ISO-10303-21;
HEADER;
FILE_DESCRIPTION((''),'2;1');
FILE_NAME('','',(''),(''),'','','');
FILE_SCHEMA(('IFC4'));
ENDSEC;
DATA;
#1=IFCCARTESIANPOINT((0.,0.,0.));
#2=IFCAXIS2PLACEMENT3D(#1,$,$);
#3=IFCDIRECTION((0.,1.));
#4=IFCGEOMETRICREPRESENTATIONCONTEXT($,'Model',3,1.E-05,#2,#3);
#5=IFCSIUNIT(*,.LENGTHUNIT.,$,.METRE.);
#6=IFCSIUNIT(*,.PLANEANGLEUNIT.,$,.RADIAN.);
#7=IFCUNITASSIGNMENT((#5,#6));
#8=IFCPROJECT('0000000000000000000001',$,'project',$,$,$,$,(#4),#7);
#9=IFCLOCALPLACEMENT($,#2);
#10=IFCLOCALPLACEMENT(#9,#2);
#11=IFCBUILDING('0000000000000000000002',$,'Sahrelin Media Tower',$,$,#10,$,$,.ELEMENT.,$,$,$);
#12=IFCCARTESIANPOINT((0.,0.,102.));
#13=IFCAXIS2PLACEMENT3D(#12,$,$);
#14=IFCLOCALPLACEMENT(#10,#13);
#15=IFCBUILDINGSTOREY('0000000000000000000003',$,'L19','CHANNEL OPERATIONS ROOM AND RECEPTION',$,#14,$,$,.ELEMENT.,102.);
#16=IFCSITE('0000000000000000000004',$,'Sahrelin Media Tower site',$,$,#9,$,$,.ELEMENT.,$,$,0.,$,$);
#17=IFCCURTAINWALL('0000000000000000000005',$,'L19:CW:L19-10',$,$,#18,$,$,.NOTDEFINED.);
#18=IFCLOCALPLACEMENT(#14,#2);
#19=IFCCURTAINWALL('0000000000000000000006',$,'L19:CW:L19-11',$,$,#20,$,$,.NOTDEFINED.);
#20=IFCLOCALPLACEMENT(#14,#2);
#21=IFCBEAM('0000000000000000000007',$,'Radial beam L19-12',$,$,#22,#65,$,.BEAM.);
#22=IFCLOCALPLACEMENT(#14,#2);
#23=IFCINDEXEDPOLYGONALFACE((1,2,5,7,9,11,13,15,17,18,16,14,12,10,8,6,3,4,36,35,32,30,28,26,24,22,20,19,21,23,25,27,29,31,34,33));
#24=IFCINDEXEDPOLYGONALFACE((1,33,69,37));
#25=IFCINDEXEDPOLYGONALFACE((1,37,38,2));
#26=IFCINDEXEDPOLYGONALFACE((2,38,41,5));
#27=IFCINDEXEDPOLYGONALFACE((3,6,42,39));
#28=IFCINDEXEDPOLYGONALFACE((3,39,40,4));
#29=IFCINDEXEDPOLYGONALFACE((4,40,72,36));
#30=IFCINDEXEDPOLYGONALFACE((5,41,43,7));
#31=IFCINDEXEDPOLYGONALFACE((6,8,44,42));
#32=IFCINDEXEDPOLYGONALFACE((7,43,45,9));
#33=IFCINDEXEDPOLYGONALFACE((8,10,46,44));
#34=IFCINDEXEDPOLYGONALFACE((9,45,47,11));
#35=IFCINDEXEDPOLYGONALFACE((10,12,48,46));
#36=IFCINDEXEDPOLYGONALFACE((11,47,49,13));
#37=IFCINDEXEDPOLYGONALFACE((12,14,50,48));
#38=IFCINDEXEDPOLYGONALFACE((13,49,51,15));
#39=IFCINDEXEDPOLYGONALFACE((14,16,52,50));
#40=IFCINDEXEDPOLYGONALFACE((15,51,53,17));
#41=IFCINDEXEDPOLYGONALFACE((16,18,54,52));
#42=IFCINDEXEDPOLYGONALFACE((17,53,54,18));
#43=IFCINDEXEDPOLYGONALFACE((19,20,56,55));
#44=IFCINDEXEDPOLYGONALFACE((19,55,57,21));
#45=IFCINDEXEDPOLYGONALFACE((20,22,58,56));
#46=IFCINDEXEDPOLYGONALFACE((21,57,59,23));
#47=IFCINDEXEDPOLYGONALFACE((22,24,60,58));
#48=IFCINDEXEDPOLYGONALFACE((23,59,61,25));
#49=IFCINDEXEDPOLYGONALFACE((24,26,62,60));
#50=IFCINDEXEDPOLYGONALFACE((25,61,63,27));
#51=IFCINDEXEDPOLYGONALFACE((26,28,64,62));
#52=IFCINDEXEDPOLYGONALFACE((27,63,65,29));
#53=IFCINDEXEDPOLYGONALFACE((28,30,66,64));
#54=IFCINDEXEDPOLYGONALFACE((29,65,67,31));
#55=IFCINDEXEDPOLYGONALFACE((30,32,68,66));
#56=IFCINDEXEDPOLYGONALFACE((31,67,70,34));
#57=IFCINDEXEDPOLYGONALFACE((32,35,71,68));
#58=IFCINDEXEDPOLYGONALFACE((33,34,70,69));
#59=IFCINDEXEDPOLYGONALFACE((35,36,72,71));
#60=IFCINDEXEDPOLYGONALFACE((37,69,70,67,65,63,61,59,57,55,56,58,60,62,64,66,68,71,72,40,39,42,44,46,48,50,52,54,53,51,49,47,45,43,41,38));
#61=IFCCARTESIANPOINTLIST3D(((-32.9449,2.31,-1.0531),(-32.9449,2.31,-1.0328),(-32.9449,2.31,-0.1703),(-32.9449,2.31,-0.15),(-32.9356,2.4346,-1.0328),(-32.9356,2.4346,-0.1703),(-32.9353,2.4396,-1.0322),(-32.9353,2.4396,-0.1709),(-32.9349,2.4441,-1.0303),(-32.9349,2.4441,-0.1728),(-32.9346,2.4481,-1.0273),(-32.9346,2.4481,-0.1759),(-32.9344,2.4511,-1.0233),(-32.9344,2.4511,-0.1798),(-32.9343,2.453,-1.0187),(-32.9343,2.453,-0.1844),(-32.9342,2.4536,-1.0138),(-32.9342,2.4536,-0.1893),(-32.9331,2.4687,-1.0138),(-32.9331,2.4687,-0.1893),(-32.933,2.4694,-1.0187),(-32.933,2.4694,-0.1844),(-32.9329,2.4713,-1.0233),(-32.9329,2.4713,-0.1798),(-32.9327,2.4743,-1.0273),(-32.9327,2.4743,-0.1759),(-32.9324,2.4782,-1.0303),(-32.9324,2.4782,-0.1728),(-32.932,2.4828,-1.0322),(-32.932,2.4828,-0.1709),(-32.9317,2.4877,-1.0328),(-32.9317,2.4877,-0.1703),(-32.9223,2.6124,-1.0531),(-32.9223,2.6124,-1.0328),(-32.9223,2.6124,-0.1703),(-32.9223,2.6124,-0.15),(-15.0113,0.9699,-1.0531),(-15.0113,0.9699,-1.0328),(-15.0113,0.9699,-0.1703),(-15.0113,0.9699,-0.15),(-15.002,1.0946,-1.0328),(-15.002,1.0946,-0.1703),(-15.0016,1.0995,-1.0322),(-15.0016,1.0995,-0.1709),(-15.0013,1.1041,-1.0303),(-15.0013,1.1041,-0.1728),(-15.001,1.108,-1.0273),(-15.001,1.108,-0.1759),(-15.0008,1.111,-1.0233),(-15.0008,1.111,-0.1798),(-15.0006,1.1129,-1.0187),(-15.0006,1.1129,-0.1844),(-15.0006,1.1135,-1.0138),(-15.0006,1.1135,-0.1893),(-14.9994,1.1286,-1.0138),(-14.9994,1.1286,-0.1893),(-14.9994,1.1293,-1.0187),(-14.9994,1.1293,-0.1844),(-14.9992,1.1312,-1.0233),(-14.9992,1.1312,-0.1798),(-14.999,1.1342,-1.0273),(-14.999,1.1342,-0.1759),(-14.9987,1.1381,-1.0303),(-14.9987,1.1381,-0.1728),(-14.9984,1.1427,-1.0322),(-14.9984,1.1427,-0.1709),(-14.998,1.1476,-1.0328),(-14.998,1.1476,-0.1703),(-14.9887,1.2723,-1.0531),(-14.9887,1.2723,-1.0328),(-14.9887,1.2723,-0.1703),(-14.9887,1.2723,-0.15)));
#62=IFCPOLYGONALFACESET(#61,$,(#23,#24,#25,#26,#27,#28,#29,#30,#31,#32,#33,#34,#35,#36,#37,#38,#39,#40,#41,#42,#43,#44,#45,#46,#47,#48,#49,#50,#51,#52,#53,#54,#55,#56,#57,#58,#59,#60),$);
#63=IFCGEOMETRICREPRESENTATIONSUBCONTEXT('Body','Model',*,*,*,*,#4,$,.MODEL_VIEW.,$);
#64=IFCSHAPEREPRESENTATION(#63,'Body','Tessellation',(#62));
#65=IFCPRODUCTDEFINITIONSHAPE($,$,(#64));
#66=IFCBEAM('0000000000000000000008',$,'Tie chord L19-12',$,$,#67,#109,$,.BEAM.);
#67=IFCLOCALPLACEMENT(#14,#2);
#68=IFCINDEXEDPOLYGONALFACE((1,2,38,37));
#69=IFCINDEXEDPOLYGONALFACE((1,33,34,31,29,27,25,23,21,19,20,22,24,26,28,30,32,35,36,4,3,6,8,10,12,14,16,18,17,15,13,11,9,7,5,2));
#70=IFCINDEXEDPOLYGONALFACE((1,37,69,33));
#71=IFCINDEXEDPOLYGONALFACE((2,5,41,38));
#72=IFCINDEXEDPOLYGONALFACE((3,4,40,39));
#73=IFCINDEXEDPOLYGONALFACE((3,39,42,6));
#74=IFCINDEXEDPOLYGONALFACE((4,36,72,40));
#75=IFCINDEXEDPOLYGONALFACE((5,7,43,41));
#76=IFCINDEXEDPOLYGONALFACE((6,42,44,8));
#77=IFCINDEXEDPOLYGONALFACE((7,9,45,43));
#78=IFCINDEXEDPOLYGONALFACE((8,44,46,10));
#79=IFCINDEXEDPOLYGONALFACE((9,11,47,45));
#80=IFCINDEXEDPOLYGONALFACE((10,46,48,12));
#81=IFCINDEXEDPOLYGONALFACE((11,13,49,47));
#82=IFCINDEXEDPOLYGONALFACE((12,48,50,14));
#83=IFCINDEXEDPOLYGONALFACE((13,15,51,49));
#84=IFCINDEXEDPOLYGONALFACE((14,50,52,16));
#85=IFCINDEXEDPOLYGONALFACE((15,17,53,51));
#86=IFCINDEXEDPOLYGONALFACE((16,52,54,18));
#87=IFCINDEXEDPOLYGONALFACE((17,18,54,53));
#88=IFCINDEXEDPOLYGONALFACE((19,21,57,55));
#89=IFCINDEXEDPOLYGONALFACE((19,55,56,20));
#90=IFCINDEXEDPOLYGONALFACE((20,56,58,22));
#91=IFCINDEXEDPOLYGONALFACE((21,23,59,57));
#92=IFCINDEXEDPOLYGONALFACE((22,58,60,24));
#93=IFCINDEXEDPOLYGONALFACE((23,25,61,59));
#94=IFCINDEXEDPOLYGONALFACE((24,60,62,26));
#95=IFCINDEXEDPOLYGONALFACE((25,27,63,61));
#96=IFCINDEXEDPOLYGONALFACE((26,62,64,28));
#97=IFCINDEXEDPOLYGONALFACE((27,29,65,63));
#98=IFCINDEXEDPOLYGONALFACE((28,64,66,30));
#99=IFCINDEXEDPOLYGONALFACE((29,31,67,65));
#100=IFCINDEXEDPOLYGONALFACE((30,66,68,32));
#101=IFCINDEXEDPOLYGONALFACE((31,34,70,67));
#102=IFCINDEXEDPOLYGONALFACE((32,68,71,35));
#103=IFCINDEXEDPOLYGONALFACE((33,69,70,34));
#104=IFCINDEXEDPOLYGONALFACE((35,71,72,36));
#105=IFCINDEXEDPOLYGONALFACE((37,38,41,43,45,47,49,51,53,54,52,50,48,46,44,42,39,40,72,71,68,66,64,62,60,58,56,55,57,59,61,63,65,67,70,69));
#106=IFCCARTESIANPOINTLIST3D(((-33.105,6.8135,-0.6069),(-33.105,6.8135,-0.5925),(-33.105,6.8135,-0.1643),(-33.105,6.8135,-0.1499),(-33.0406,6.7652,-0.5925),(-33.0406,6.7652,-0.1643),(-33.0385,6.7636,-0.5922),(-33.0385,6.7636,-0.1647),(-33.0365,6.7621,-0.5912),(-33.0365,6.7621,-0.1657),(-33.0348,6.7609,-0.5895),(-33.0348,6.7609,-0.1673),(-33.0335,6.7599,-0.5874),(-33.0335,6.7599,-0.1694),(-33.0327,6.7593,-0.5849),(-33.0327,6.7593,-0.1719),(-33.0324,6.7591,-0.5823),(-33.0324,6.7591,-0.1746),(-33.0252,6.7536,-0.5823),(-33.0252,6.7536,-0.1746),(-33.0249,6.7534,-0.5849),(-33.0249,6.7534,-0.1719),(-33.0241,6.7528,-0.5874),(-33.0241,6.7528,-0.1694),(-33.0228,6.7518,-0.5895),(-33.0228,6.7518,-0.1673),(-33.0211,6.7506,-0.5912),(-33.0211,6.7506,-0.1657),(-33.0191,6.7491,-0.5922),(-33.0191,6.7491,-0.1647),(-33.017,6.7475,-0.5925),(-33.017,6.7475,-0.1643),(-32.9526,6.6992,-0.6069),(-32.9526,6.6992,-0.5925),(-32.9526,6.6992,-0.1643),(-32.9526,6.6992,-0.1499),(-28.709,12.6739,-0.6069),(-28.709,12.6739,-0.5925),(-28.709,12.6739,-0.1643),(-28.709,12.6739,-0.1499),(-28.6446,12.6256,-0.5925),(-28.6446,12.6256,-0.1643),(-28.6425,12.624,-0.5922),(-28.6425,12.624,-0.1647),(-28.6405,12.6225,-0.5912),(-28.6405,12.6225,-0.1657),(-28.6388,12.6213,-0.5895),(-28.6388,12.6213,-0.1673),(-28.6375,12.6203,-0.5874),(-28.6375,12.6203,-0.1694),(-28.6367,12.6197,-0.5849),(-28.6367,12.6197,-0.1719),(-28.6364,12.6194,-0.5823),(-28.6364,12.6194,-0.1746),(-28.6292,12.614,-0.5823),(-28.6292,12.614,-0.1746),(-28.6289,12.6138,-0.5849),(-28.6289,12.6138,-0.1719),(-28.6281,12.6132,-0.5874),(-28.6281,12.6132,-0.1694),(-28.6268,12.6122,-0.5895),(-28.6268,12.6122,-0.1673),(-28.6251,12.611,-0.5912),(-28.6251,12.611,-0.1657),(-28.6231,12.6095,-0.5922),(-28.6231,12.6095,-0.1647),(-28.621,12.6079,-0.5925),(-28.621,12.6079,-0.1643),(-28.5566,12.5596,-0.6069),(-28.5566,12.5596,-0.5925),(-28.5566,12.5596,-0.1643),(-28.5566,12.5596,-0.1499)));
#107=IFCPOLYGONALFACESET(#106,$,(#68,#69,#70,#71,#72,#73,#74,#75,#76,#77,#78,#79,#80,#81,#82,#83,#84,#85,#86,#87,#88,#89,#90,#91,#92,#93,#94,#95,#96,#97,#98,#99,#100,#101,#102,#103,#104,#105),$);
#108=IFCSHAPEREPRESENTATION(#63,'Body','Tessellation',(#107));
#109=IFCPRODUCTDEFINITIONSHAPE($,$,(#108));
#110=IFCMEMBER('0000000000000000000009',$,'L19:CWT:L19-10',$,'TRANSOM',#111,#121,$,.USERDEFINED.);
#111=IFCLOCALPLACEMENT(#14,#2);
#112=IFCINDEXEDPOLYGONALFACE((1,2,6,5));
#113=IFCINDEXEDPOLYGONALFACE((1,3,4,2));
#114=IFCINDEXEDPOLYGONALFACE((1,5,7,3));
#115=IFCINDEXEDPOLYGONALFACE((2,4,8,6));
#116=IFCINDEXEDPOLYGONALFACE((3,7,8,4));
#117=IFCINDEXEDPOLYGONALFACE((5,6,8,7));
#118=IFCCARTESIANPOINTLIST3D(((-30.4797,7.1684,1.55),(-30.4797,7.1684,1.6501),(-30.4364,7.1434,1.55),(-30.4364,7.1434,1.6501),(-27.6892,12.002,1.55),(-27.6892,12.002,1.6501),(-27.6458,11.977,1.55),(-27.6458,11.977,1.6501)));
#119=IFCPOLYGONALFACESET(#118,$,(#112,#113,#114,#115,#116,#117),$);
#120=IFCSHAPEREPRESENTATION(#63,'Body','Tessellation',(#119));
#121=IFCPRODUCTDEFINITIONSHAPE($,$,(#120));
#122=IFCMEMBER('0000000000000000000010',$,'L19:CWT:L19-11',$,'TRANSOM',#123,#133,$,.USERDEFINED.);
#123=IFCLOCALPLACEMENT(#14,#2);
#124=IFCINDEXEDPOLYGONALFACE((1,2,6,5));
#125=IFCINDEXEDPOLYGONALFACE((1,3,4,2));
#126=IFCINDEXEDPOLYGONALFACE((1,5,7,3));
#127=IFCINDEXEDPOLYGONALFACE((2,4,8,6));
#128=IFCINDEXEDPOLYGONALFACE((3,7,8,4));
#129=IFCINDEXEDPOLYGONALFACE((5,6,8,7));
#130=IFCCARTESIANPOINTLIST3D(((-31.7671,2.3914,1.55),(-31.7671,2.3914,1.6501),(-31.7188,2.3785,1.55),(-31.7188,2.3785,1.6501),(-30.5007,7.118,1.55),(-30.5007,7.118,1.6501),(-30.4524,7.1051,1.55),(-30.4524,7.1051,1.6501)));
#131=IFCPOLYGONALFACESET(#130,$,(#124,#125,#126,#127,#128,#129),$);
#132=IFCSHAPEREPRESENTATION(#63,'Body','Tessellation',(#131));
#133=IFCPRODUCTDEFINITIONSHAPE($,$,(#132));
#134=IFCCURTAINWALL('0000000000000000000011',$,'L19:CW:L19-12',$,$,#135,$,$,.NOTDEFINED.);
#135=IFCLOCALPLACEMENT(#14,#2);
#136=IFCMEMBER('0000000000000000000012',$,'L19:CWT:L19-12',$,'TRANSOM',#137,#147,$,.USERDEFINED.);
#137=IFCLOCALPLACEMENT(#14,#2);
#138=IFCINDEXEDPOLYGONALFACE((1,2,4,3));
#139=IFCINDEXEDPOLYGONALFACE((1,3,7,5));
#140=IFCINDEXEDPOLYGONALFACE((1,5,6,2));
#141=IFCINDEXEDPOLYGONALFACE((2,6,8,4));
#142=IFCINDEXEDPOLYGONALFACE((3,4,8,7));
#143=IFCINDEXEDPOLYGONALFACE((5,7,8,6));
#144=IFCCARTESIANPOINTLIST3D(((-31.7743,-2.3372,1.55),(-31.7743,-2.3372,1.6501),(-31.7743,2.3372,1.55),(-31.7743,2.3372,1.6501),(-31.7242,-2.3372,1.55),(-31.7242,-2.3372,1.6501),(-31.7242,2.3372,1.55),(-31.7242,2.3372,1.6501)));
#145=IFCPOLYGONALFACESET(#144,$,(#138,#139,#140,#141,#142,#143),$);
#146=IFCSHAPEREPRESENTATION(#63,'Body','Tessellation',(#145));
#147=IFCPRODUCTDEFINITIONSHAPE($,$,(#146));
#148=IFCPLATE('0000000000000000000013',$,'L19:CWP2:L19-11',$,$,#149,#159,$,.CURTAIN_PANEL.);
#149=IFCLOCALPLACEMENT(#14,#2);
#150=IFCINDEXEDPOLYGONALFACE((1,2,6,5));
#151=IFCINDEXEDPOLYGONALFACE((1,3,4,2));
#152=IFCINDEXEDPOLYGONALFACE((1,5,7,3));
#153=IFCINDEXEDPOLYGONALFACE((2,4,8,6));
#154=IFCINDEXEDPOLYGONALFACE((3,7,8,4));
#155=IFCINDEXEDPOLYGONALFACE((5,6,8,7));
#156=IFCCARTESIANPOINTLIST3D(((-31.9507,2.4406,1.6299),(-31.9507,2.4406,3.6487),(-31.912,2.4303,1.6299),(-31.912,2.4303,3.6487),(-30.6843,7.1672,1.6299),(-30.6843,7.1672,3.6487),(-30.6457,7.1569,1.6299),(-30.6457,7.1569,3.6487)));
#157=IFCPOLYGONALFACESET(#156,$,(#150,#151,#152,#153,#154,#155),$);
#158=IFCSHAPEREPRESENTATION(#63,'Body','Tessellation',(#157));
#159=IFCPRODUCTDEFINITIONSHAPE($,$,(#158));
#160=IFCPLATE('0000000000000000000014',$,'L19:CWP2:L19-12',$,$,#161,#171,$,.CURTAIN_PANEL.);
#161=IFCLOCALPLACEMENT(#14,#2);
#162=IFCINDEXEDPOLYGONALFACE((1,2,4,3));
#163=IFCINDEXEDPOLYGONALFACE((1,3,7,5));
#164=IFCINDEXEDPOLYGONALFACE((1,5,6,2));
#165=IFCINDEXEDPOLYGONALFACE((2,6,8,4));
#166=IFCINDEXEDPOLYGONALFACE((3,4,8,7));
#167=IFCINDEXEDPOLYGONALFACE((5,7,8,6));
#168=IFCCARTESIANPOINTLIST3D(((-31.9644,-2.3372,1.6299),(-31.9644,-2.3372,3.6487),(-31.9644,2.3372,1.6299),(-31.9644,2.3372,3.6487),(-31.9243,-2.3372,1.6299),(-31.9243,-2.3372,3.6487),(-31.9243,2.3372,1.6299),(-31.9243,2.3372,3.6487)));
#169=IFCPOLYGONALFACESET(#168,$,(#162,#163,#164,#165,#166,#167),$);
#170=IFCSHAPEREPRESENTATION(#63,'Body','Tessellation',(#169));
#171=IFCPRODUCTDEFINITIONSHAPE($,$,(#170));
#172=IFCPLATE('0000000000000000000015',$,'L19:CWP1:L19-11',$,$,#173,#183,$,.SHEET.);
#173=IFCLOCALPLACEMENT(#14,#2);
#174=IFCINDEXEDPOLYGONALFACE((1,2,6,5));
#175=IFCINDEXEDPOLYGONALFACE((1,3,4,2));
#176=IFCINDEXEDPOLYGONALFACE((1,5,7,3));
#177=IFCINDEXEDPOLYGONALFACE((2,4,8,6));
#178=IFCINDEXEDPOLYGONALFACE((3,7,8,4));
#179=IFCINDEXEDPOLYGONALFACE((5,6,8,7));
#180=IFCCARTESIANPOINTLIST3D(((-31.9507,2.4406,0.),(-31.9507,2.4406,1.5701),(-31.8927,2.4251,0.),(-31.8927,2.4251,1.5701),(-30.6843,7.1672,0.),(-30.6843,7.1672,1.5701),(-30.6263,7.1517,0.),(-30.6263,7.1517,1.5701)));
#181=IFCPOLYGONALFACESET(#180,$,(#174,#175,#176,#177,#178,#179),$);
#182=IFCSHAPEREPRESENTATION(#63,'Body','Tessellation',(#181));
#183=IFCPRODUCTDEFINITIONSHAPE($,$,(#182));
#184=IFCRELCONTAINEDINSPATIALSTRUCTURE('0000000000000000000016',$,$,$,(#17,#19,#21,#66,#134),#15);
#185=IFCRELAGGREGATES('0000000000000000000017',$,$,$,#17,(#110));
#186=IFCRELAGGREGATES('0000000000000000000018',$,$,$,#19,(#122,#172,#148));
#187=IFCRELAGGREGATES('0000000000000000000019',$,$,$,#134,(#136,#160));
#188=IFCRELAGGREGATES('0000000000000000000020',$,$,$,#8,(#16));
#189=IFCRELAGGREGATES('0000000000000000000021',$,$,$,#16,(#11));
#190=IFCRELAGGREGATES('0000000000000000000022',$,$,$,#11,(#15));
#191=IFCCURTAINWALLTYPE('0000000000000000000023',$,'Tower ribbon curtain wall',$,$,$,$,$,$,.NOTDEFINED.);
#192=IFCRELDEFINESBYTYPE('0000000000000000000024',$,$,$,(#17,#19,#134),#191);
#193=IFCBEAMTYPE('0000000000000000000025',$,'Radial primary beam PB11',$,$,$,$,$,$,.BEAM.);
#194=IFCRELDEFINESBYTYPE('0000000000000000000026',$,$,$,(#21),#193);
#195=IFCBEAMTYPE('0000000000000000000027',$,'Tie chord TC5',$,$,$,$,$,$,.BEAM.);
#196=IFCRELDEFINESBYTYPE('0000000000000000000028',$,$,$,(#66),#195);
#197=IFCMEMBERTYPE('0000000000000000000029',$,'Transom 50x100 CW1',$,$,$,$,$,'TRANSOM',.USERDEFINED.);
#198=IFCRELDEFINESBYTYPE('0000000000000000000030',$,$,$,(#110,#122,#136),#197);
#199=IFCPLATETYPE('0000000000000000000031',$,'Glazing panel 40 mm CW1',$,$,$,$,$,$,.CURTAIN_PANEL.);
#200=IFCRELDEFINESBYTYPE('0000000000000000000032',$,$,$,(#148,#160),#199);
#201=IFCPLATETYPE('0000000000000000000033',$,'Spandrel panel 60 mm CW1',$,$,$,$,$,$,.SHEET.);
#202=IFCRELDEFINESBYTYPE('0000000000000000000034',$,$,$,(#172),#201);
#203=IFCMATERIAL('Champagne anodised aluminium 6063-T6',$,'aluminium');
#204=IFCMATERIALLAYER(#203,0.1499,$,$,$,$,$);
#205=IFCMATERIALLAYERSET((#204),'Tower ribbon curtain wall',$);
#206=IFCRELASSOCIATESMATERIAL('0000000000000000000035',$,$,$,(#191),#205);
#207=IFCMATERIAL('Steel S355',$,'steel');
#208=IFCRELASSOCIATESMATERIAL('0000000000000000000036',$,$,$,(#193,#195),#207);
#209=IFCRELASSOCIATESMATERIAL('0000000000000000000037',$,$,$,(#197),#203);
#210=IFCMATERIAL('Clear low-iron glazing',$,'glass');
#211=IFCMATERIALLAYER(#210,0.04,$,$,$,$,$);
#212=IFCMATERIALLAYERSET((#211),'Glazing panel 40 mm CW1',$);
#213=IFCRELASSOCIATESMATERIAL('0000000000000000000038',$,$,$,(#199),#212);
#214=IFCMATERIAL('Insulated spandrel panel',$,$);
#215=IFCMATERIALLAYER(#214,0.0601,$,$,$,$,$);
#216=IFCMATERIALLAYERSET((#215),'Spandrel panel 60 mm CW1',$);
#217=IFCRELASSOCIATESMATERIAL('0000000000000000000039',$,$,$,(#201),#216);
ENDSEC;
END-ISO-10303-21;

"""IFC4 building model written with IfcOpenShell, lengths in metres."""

from ifc_helpers import new_model, si_unit, direction, frame, origin, origin_2d, place, context, subcontext, project, spatial, polyline, rectangle, i_section, outline, extrude, material, layer, layer_set, material_profile, profile_set, type_object, element, aggregate, save


model = new_model("IFC4")

# Units and contexts
model_context = context("Model", 3, precision=1e-05, world=origin(), true_north=direction((0.0, 1.0)))
body_context = subcontext(model_context, "Body", "Model", "MODEL_VIEW")
ifc_project = project(units=[si_unit("LENGTHUNIT", "METRE"), si_unit("PLANEANGLEUNIT", "RADIAN")], contexts=[model_context])

# Site, building, storey
site_placement = place(None, origin())
site = spatial("IfcSite", under=ifc_project, at=site_placement, Name="Sahrelin Media Tower site", CompositionType="ELEMENT", RefElevation=0.0)
building_placement = place(site_placement, origin())
building = spatial("IfcBuilding", under=site, at=building_placement, Name="Sahrelin Media Tower", CompositionType="ELEMENT")
storey_placement = place(building_placement, frame((0.0, 0.0, 102.0)))
storey = spatial("IfcBuildingStorey", under=building, at=storey_placement, Name="L19", Description="CHANNEL OPERATIONS ROOM AND RECEPTION", CompositionType="ELEMENT", Elevation=102.0)

# Shared definitions
ifc_material_1 = material(Name="Steel S355", Category="steel")

# Curtain walls
ifc_material_2 = material(Name="Champagne anodised aluminium 6063-T6", Category="aluminium")
ifc_layer_1 = layer(ifc_material_2, 0.1499)
ifc_layer_set_1 = layer_set([ifc_layer_1], Name="Tower ribbon curtain wall")
curtain_wall_type = type_object("IfcCurtainWallType", Name="Tower ribbon curtain wall", PredefinedType="NOTDEFINED", material=ifc_layer_set_1)
curtain_wall_1_placement = place(storey_placement, frame((-29.2317, 9.6704, 0.0), z_axis=(0.0, 0.0, 1.0), x_axis=(1.0, 0.0, 0.0)))
curtain_wall_1 = element("IfcCurtainWall", 1, at=curtain_wall_1_placement, inside=storey, type_object=curtain_wall_type, Name="L19:CW:L19-10", PredefinedType="NOTDEFINED")
curtain_wall_2_placement = place(storey_placement, frame((-31.2981, 4.7988, 0.0), z_axis=(0.0, 0.0, 1.0), x_axis=(1.0, 0.0, 0.0)))
curtain_wall_2 = element("IfcCurtainWall", 2, at=curtain_wall_2_placement, inside=storey, type_object=curtain_wall_type, Name="L19:CW:L19-11", PredefinedType="NOTDEFINED")

# Beams
ifc_material_profile_1 = material_profile(ifc_material_1, i_section(OverallWidth=0.3032, OverallDepth=0.9031, WebThickness=0.0151, FlangeThickness=0.0203, FilletRadius=0.019, at=origin_2d()), Name="UB 914x305x201")
ifc_profile_set_1 = profile_set([ifc_material_profile_1], Name="Steel S355")
beam_type_1 = type_object("IfcBeamType", Name="Radial primary beam PB11", PredefinedType="BEAM", material=ifc_profile_set_1)
beam_1_placement = place(storey_placement, frame((-15.0, 1.1211, -0.6016), z_axis=(-0.99722, 0.074517, 0.0), x_axis=(-0.074517, -0.99722, 0.0)))
element("IfcBeam", 3, at=beam_1_placement, inside=storey, type_object=beam_type_1, Name="Radial beam L19-12", PredefinedType="BEAM", context=body_context, shape_type="SweptSolid", body=[
    extrude(i_section(OverallWidth=0.3032, OverallDepth=0.9031, WebThickness=0.0151, FlangeThickness=0.0203, FilletRadius=0.019, at=origin_2d()), origin(), (0.0, 0.0, 1.0), 17.9836),
])
ifc_material_profile_2 = material_profile(ifc_material_1, i_section(OverallWidth=0.1904, OverallDepth=0.457, WebThickness=0.009, FlangeThickness=0.0144, FilletRadius=0.0103, at=origin_2d()), Name="UB 457x191x74")
ifc_profile_set_2 = profile_set([ifc_material_profile_2], Name="Steel S355")
beam_type_2 = type_object("IfcBeamType", Name="Tie chord TC5", PredefinedType="BEAM", material=ifc_profile_set_2)
beam_2_placement = place(storey_placement, frame((-33.0288, 6.7563, -0.3784), z_axis=(0.600064, 0.799952, 0.0), x_axis=(-0.799952, 0.600064, 0.0)))
element("IfcBeam", 4, at=beam_2_placement, inside=storey, type_object=beam_type_2, Name="Tie chord L19-12", PredefinedType="BEAM", context=body_context, shape_type="SweptSolid", body=[
    extrude(i_section(OverallWidth=0.1904, OverallDepth=0.457, WebThickness=0.009, FlangeThickness=0.0144, FilletRadius=0.0103, at=origin_2d()), origin(), (0.0, 0.0, 1.0), 7.3259),
])

# Members
ifc_material_profile_3 = material_profile(ifc_material_2, rectangle(XDim=0.05, YDim=0.1001, at=origin_2d()), Name="Transom 50x100")
ifc_profile_set_3 = profile_set([ifc_material_profile_3], Name="Champagne anodised aluminium 6063-T6")
member_type_1 = type_object("IfcMemberType", Name="Transom 50x100 CW1", ElementType="TRANSOM", PredefinedType="USERDEFINED", material=ifc_profile_set_3)
member_1_placement = place(storey_placement, frame((-27.6675, 11.9895, 1.6001), z_axis=(-0.499988, -0.866033, 0.0), x_axis=(0.866033, -0.499988, 0.0)))
member_1 = element("IfcMember", 5, at=member_1_placement, type_object=member_type_1, Name="L19:CWT:L19-10", ObjectType="TRANSOM", PredefinedType="USERDEFINED", context=body_context, shape_type="SweptSolid", body=[
    extrude(rectangle(XDim=0.05, YDim=0.1001, at=origin_2d()), origin(), (0.0, 0.0, 1.0), 5.5813),
])
aggregate(curtain_wall_1, [member_1])
member_2_placement = place(storey_placement, frame((-30.4766, 7.1116, 1.6001), z_axis=(-0.258796, -0.965932, 0.0), x_axis=(0.965932, -0.258796, 0.0)))
member_2 = element("IfcMember", 6, at=member_2_placement, type_object=member_type_1, Name="L19:CWT:L19-11", ObjectType="TRANSOM", PredefinedType="USERDEFINED", context=body_context, shape_type="SweptSolid", body=[
    extrude(rectangle(XDim=0.05, YDim=0.1001, at=origin_2d()), origin(), (0.0, 0.0, 1.0), 4.8933),
])

# Curtain wall, member
curtain_wall_3_placement = place(storey_placement, frame((-31.9443, 0.0, 0.0), z_axis=(0.0, 0.0, 1.0), x_axis=(1.0, 0.0, 0.0)))
curtain_wall_3 = element("IfcCurtainWall", 7, at=curtain_wall_3_placement, inside=storey, type_object=curtain_wall_type, Name="L19:CW:L19-12", PredefinedType="NOTDEFINED")
member_3_placement = place(storey_placement, frame((-31.7493, 2.3372, 1.6001), z_axis=(0.0, -1.0, 0.0), x_axis=(1.0, 0.0, 0.0)))
member_3 = element("IfcMember", 8, at=member_3_placement, type_object=member_type_1, Name="L19:CWT:L19-12", ObjectType="TRANSOM", PredefinedType="USERDEFINED", context=body_context, shape_type="SweptSolid", body=[
    extrude(rectangle(XDim=0.05, YDim=0.1001, at=origin_2d()), origin(), (0.0, 0.0, 1.0), 4.6743),
])

# Plates
ifc_material_3 = material(Name="Clear low-iron glazing", Category="glass")
ifc_layer_2 = layer(ifc_material_3, 0.04)
ifc_layer_set_2 = layer_set([ifc_layer_2], Name="Glazing panel 40 mm CW1")
plate_type_1 = type_object("IfcPlateType", Name="Glazing panel 40 mm CW1", PredefinedType="CURTAIN_PANEL", material=ifc_layer_set_2)
plate_1_placement = place(storey_placement, frame((-30.6843, 7.1672, 1.6299), z_axis=(-0.965932, 0.258796, 0.0), x_axis=(-0.258796, -0.965932, 0.0)))
plate_1 = element("IfcPlate", 9, at=plate_1_placement, type_object=plate_type_1, Name="L19:CWP2:L19-11", PredefinedType="CURTAIN_PANEL", context=body_context, shape_type="SweptSolid", body=[
    extrude(outline(polyline([(0.0, 0.0), (4.8933, 0.0), (4.8933, 2.0188), (0.0, 2.0188), (0.0, 0.0)])), origin(), (0.0, 0.0, -1.0), 0.04),
])
plate_2_placement = place(storey_placement, frame((-31.9644, 2.3372, 1.6299), z_axis=(-1.0, 0.0, 0.0), x_axis=(0.0, -1.0, 0.0)))
plate_2 = element("IfcPlate", 10, at=plate_2_placement, type_object=plate_type_1, Name="L19:CWP2:L19-12", PredefinedType="CURTAIN_PANEL", context=body_context, shape_type="SweptSolid", body=[
    extrude(outline(polyline([(0.0, 0.0), (4.6743, 0.0), (4.6743, 2.0188), (0.0, 2.0188), (0.0, 0.0)])), origin(), (0.0, 0.0, -1.0), 0.04),
])
ifc_material_4 = material(Name="Insulated spandrel panel")
ifc_layer_3 = layer(ifc_material_4, 0.0601)
ifc_layer_set_3 = layer_set([ifc_layer_3], Name="Spandrel panel 60 mm CW1")
plate_type_2 = type_object("IfcPlateType", Name="Spandrel panel 60 mm CW1", PredefinedType="SHEET", material=ifc_layer_set_3)
plate_3_placement = place(storey_placement, frame((-30.6843, 7.1672, 0.0), z_axis=(-0.965932, 0.258796, 0.0), x_axis=(-0.258796, -0.965932, 0.0)))
plate_3 = element("IfcPlate", 11, at=plate_3_placement, type_object=plate_type_2, Name="L19:CWP1:L19-11", PredefinedType="SHEET", context=body_context, shape_type="SweptSolid", body=[
    extrude(outline(polyline([(0.0, 0.0), (4.8933, 0.0), (4.8933, 1.5701), (0.0, 1.5701), (0.0, 0.0)])), origin(), (0.0, 0.0, -1.0), 0.0601),
])
aggregate(curtain_wall_2, [member_2, plate_3, plate_1])
aggregate(curtain_wall_3, [member_3, plate_2])

save(model, "model.ifc")
